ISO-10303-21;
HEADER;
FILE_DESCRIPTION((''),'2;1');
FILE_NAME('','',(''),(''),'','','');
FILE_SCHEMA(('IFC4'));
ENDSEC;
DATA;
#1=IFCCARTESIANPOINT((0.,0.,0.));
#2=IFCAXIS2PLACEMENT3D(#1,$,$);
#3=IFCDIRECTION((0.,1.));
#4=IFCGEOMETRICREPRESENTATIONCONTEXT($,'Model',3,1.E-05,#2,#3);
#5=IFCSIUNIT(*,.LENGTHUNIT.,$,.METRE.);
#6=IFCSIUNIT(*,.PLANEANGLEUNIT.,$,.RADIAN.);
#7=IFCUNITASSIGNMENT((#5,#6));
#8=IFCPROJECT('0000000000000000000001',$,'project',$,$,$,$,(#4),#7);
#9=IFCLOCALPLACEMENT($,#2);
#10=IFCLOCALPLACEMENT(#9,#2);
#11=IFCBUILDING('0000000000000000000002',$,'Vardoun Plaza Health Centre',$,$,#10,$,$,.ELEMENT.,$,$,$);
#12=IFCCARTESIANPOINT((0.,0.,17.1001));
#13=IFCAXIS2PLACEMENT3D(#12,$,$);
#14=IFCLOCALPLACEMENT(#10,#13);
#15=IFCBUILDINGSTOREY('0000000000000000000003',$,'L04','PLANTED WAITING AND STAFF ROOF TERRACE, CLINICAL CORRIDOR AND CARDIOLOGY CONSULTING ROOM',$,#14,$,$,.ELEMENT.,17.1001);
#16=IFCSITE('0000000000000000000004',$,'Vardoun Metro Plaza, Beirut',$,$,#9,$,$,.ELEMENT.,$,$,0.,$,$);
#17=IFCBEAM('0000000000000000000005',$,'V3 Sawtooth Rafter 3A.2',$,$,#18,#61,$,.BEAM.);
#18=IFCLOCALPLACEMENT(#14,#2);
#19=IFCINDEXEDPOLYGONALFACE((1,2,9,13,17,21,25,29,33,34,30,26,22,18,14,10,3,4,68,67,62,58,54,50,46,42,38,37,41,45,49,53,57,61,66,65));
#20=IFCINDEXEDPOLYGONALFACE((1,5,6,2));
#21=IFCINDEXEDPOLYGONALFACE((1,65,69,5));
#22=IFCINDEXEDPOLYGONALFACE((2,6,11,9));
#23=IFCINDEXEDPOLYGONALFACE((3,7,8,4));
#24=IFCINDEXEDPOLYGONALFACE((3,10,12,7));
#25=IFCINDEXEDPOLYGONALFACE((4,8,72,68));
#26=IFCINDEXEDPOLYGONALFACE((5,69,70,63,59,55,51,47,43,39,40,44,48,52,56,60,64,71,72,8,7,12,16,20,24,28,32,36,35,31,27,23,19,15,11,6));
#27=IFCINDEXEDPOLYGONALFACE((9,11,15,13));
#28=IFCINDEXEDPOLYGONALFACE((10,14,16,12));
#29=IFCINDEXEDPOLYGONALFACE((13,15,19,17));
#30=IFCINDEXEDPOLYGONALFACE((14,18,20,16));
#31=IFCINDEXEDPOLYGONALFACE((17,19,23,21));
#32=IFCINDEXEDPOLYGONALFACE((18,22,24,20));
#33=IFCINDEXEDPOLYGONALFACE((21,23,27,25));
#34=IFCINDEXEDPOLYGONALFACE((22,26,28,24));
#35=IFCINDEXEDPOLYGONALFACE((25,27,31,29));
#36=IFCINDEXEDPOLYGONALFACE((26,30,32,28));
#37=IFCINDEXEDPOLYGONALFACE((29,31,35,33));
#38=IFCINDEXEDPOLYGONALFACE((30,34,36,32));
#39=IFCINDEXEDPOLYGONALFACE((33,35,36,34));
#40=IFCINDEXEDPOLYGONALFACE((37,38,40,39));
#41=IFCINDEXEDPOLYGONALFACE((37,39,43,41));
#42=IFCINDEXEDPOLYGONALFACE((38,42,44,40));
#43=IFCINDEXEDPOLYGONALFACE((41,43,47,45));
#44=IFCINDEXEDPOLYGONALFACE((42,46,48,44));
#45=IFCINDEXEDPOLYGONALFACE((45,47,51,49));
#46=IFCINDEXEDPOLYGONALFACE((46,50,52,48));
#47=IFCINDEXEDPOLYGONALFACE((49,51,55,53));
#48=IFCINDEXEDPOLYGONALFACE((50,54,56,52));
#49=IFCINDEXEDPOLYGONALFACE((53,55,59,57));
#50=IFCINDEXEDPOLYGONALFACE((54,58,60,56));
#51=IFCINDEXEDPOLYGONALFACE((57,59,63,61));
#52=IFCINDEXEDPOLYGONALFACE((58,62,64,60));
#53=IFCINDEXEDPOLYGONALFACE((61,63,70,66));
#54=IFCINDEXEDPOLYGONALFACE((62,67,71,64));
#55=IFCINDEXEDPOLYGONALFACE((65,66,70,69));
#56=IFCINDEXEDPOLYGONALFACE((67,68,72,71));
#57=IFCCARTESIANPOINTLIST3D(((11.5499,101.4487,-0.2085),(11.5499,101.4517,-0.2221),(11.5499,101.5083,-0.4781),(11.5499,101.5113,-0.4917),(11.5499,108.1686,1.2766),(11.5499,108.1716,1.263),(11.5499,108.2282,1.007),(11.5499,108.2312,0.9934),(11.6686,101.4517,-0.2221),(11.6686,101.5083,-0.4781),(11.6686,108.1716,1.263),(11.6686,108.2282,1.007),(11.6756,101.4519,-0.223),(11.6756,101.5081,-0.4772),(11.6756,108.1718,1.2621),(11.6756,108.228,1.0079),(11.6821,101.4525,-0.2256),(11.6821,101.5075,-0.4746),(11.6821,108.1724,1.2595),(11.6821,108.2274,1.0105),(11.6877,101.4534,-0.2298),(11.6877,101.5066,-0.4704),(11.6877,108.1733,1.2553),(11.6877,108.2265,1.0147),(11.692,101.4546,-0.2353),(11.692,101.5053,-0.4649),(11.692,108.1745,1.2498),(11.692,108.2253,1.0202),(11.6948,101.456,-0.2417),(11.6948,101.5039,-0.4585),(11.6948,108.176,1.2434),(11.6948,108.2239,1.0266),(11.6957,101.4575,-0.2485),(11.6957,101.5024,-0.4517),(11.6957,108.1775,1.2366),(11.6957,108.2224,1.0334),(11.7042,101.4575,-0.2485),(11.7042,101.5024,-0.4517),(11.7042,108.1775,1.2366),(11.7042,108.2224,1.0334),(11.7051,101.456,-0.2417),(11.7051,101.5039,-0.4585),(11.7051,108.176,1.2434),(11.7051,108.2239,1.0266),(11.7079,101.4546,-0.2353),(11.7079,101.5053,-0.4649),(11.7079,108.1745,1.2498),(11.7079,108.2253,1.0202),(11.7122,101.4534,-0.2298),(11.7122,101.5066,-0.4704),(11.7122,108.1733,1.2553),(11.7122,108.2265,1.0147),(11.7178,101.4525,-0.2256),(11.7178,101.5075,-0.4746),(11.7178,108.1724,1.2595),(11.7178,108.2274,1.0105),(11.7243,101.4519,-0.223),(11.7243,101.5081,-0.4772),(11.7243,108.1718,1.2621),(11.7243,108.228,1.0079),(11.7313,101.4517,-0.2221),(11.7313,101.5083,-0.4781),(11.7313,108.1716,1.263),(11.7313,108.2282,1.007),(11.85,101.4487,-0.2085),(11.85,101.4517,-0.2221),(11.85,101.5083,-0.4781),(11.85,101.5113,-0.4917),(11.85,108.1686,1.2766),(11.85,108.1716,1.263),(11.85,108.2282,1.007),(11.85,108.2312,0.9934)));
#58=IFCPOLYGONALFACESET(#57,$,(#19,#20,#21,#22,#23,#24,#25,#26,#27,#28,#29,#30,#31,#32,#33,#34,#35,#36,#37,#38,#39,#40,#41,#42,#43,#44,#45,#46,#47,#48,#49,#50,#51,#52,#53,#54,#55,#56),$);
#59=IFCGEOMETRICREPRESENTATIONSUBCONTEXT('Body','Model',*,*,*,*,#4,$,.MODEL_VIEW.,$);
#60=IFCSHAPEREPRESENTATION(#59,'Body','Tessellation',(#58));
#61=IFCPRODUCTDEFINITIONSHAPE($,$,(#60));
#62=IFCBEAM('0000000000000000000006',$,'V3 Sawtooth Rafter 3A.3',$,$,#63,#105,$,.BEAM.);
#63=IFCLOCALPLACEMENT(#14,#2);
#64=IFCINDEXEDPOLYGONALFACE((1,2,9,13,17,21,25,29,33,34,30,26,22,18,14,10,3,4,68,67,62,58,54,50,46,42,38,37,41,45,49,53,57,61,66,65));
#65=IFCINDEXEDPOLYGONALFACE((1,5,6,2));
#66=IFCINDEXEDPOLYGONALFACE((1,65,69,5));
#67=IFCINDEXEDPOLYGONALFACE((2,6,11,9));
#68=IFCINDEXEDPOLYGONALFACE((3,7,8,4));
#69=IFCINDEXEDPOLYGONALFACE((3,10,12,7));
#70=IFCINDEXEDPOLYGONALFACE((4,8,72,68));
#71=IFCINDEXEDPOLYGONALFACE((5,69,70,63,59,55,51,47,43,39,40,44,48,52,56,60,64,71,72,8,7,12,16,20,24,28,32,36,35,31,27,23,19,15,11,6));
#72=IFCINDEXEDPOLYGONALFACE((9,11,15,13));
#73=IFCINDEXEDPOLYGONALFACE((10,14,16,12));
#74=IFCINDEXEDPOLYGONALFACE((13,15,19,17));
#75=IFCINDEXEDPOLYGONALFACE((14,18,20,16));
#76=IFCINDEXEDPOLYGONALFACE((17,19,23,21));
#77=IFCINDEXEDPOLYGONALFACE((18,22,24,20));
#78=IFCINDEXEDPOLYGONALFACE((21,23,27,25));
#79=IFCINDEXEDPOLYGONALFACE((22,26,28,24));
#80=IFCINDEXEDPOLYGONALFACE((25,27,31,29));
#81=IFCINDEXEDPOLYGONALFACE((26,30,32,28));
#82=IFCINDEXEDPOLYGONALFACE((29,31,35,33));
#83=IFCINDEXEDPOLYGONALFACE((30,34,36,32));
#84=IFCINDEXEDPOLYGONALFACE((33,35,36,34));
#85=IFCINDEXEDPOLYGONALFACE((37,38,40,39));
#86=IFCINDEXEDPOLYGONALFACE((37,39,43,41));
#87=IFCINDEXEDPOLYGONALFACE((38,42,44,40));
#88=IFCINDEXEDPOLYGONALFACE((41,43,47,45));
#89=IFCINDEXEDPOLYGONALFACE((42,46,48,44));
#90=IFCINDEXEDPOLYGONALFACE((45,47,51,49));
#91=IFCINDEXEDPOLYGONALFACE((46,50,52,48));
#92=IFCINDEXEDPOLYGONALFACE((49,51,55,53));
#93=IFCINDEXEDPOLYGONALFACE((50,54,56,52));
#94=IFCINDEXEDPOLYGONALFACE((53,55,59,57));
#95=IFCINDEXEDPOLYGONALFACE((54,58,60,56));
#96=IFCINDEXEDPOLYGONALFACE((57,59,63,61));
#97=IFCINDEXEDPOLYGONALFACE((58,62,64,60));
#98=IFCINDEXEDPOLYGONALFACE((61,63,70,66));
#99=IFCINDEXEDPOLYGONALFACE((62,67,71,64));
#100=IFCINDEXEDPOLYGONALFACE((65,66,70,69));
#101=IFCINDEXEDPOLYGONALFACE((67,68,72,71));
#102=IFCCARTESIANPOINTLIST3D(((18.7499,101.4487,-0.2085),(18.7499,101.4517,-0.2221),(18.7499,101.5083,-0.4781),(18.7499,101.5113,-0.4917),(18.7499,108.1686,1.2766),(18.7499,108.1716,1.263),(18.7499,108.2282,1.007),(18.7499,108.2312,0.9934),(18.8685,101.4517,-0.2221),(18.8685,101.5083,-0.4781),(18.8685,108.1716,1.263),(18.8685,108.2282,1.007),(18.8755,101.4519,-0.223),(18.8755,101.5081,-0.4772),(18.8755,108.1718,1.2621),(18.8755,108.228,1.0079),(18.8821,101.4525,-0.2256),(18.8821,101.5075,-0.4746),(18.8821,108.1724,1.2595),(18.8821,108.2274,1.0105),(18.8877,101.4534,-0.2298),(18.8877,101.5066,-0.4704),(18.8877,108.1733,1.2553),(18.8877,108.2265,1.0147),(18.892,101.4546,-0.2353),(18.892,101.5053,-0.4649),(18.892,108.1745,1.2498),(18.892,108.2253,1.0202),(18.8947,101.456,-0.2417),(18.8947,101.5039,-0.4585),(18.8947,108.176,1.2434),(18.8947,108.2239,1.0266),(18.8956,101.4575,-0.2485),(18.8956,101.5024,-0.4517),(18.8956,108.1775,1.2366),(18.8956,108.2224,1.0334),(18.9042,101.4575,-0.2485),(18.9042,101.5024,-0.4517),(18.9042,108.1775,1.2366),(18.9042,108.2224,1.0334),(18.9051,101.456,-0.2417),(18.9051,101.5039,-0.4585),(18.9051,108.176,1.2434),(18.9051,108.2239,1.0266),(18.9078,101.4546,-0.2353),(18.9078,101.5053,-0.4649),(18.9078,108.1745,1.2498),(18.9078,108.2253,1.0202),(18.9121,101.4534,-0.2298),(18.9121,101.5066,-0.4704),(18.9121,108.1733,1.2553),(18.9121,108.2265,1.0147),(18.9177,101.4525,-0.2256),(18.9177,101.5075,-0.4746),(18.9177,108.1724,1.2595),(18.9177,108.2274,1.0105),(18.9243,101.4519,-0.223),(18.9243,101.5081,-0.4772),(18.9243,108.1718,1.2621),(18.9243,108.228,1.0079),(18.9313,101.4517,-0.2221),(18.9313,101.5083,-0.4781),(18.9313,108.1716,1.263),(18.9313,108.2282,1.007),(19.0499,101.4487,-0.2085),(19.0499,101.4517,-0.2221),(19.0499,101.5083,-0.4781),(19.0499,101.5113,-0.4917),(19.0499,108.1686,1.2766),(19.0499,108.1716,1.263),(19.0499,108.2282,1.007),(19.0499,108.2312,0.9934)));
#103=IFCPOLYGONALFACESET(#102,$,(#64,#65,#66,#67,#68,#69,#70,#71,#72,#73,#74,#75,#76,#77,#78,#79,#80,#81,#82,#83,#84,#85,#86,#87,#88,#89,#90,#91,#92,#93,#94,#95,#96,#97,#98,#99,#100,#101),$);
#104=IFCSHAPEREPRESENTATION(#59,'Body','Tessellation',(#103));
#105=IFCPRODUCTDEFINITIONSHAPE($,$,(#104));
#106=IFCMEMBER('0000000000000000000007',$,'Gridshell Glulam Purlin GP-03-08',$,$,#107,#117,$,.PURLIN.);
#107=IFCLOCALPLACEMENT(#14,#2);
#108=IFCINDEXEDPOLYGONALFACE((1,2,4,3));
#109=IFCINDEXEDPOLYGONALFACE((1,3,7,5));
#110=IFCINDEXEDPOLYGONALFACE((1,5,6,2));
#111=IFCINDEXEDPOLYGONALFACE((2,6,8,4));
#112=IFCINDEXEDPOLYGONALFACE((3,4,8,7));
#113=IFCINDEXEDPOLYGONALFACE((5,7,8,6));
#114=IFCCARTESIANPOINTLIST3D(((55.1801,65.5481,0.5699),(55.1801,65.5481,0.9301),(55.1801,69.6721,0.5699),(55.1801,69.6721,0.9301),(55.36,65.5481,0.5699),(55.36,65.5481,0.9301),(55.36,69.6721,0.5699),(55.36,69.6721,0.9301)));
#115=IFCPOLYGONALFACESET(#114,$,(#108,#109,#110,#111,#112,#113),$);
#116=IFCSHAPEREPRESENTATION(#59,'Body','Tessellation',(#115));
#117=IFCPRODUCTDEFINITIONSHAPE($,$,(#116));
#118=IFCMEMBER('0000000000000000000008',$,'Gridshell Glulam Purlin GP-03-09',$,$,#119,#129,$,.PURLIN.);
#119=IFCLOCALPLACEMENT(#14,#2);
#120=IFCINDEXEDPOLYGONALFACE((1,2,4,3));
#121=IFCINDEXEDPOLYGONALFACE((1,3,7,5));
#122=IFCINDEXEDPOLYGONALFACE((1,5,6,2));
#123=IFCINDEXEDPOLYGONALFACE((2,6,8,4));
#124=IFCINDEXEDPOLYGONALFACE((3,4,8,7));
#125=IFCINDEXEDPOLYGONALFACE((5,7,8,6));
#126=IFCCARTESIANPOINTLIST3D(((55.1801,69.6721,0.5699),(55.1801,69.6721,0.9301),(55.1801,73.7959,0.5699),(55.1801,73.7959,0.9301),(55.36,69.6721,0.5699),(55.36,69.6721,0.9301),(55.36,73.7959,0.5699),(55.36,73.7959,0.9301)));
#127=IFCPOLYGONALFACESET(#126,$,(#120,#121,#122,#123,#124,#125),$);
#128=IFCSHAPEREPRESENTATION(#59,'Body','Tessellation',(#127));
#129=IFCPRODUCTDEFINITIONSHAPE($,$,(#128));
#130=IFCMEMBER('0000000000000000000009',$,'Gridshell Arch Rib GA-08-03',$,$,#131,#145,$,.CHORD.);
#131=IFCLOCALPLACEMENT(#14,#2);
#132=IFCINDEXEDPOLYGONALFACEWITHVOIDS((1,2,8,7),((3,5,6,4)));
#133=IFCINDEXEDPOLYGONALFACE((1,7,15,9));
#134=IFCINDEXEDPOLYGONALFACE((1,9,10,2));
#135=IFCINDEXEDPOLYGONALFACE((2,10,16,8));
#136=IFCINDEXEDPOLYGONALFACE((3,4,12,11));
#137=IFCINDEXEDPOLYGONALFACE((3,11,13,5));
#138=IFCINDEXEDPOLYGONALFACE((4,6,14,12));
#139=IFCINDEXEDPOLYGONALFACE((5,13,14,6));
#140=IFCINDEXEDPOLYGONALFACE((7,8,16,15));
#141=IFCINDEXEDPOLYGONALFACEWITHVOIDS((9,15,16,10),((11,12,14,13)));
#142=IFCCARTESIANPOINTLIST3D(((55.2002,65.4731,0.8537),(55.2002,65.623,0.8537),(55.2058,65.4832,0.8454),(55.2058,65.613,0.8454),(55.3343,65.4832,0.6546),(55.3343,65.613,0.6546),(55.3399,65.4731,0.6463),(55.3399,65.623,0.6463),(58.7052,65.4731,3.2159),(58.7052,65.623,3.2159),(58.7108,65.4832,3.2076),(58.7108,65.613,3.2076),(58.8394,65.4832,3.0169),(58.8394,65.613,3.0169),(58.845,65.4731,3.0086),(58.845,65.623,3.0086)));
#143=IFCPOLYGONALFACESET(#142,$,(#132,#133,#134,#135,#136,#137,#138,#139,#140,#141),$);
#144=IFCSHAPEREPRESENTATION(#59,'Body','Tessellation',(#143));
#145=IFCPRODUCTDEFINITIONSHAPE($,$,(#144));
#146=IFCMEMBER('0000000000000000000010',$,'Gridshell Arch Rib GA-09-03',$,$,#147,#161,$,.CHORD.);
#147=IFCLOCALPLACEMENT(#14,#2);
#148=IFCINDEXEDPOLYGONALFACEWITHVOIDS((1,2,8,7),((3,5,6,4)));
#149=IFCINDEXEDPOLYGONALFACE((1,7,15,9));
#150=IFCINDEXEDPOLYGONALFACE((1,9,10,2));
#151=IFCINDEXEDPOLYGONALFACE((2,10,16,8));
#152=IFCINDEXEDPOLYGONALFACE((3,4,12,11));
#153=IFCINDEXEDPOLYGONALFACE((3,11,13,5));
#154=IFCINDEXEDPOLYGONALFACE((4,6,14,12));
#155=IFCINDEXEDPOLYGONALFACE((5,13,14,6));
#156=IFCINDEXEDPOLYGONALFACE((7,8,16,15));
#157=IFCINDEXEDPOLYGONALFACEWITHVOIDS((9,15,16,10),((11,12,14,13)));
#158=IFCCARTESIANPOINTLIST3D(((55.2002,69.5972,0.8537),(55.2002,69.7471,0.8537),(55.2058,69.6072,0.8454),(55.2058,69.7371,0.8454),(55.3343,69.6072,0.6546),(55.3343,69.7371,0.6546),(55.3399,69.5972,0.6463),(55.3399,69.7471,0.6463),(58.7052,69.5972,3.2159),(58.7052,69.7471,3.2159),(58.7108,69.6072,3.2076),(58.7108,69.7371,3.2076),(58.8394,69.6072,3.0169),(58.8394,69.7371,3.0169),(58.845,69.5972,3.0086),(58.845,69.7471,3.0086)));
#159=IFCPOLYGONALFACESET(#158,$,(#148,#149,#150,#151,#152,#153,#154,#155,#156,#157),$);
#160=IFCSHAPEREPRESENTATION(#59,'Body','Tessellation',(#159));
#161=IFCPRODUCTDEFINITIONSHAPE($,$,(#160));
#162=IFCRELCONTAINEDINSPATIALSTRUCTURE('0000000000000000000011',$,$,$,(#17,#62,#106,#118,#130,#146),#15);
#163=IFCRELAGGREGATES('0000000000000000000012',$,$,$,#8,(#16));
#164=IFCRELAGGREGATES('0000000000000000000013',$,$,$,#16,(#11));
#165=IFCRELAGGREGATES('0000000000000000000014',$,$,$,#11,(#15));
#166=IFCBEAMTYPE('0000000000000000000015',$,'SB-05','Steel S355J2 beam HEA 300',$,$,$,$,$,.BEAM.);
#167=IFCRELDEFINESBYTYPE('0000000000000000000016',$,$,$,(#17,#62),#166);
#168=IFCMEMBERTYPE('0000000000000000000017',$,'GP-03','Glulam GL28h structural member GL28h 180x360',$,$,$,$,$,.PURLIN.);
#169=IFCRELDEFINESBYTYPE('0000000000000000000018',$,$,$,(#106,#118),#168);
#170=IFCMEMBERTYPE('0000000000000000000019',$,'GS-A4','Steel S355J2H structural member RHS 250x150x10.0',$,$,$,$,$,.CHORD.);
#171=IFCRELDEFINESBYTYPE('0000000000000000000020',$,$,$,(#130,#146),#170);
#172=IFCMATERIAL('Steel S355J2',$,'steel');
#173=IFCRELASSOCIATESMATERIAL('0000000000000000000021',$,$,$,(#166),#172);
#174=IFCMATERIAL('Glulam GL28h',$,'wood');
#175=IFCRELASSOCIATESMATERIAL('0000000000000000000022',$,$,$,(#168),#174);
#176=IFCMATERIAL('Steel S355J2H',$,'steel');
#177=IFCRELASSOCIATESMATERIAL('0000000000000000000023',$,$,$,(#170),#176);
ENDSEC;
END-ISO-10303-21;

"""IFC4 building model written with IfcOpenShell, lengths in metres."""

from ifc_helpers import new_model, si_unit, direction, frame, origin, origin_2d, place, context, subcontext, project, spatial, rectangle, hollow_rectangle, i_section, extrude, material, material_profile, profile_set, type_object, element, save


model = new_model("IFC4")

# Units and contexts
model_context = context("Model", 3, precision=1e-05, world=origin(), true_north=direction((0.0, 1.0)))
body_context = subcontext(model_context, "Body", "Model", "MODEL_VIEW")
ifc_project = project(units=[si_unit("LENGTHUNIT", "METRE"), si_unit("PLANEANGLEUNIT", "RADIAN")], contexts=[model_context])

# Site, building, storey
site_placement = place(None, origin())
site = spatial("IfcSite", under=ifc_project, at=site_placement, Name="Vardoun Metro Plaza, Beirut", CompositionType="ELEMENT", RefElevation=0.0)
building_placement = place(site_placement, origin())
building = spatial("IfcBuilding", under=site, at=building_placement, Name="Vardoun Plaza Health Centre", CompositionType="ELEMENT")
storey_placement = place(building_placement, frame((0.0, 0.0, 17.1001)))
storey = spatial("IfcBuildingStorey", under=building, at=storey_placement, Name="L04", Description="PLANTED WAITING AND STAFF ROOF TERRACE, CLINICAL CORRIDOR AND CARDIOLOGY CONSULTING ROOM", CompositionType="ELEMENT", Elevation=17.1001)

# Beams
ifc_material_1 = material(Name="Steel S355J2", Category="steel")
ifc_material_profile_1 = material_profile(ifc_material_1, i_section(OverallWidth=0.3, OverallDepth=0.29, WebThickness=0.0085, FlangeThickness=0.0139, FilletRadius=0.0271, at=origin_2d()), Name="HEA 300")
ifc_profile_set_1 = profile_set([ifc_material_profile_1], Name="Steel S355J2")
beam_type_1 = type_object("IfcBeamType", Name="SB-05", Description="Steel S355J2 beam HEA 300", PredefinedType="BEAM", material=ifc_profile_set_1)
for number, where, z_axis, x_axis, name in (
    (1, (11.7, 101.48, -0.3501), (0.0, 0.976439, 0.215792), (-1.0, 0.0, 0.0), "V3 Sawtooth Rafter 3A.2"),
    (2, (18.8999, 101.48, -0.3501), (0.0, 0.976439, 0.215792), (-1.0, 0.0, 0.0), "V3 Sawtooth Rafter 3A.3"),
):
    element("IfcBeam", number, at=place(storey_placement, frame(where, z_axis=z_axis, x_axis=x_axis)), inside=storey, type_object=beam_type_1, Name=name, PredefinedType="BEAM", context=body_context, shape_type="SweptSolid", body=[
        extrude(i_section(OverallWidth=0.3, OverallDepth=0.29, WebThickness=0.0085, FlangeThickness=0.0139, FilletRadius=0.0271, at=origin_2d()), origin(), (0.0, 0.0, 1.0), 6.8821),
    ])

# Members
ifc_material_2 = material(Name="Glulam GL28h", Category="wood")
ifc_material_profile_2 = material_profile(ifc_material_2, rectangle(XDim=0.1799, YDim=0.3601, at=origin_2d()), Name="GL28h 180x360")
ifc_profile_set_2 = profile_set([ifc_material_profile_2], Name="Glulam GL28h")
member_type_1 = type_object("IfcMemberType", Name="GP-03", Description="Glulam GL28h structural member GL28h 180x360", PredefinedType="PURLIN", material=ifc_profile_set_2)
member_1_placement = place(storey_placement, frame((55.27, 65.5481, 0.75), z_axis=(0.0, 1.0, 0.0), x_axis=(-1.0, 0.0, 0.0)))
element("IfcMember", 3, at=member_1_placement, inside=storey, type_object=member_type_1, Name="Gridshell Glulam Purlin GP-03-08", PredefinedType="PURLIN", context=body_context, shape_type="SweptSolid", body=[
    extrude(rectangle(XDim=0.1799, YDim=0.3601, at=origin_2d()), origin(), (0.0, 0.0, 1.0), 4.124),
])
member_2_placement = place(storey_placement, frame((55.27, 69.6721, 0.75), z_axis=(0.0, 1.0, 0.0), x_axis=(-1.0, 0.0, 0.0)))
element("IfcMember", 4, at=member_2_placement, inside=storey, type_object=member_type_1, Name="Gridshell Glulam Purlin GP-03-09", PredefinedType="PURLIN", context=body_context, shape_type="SweptSolid", body=[
    extrude(rectangle(XDim=0.1799, YDim=0.3601, at=origin_2d()), origin(), (0.0, 0.0, 1.0), 4.1238),
])
ifc_material_3 = material(Name="Steel S355J2H", Category="steel")
ifc_material_profile_3 = material_profile(ifc_material_3, hollow_rectangle(XDim=0.1499, YDim=0.25, WallThickness=0.01, at=origin_2d()), Name="RHS 250x150x10.0")
ifc_profile_set_3 = profile_set([ifc_material_profile_3], Name="Steel S355J2H")
member_type_2 = type_object("IfcMemberType", Name="GS-A4", Description="Steel S355J2H structural member RHS 250x150x10.0", PredefinedType="CHORD", material=ifc_profile_set_3)
for number, where, z_axis, x_axis, name in (
    (5, (55.27, 65.5481, 0.75), (0.82925, 0.0, 0.558879), (0.0, 1.0, 0.0), "Gridshell Arch Rib GA-08-03"),
    (6, (55.27, 69.6721, 0.75), (0.82925, 0.0, 0.558879), (0.0, 1.0, 0.0), "Gridshell Arch Rib GA-09-03"),
):
    element("IfcMember", number, at=place(storey_placement, frame(where, z_axis=z_axis, x_axis=x_axis)), inside=storey, type_object=member_type_2, Name=name, PredefinedType="CHORD", context=body_context, shape_type="SweptSolid", body=[
        extrude(hollow_rectangle(XDim=0.1499, YDim=0.25, WallThickness=0.01, at=origin_2d()), origin(), (0.0, 0.0, 1.0), 4.2268),
    ])

save(model, "model.ifc")
